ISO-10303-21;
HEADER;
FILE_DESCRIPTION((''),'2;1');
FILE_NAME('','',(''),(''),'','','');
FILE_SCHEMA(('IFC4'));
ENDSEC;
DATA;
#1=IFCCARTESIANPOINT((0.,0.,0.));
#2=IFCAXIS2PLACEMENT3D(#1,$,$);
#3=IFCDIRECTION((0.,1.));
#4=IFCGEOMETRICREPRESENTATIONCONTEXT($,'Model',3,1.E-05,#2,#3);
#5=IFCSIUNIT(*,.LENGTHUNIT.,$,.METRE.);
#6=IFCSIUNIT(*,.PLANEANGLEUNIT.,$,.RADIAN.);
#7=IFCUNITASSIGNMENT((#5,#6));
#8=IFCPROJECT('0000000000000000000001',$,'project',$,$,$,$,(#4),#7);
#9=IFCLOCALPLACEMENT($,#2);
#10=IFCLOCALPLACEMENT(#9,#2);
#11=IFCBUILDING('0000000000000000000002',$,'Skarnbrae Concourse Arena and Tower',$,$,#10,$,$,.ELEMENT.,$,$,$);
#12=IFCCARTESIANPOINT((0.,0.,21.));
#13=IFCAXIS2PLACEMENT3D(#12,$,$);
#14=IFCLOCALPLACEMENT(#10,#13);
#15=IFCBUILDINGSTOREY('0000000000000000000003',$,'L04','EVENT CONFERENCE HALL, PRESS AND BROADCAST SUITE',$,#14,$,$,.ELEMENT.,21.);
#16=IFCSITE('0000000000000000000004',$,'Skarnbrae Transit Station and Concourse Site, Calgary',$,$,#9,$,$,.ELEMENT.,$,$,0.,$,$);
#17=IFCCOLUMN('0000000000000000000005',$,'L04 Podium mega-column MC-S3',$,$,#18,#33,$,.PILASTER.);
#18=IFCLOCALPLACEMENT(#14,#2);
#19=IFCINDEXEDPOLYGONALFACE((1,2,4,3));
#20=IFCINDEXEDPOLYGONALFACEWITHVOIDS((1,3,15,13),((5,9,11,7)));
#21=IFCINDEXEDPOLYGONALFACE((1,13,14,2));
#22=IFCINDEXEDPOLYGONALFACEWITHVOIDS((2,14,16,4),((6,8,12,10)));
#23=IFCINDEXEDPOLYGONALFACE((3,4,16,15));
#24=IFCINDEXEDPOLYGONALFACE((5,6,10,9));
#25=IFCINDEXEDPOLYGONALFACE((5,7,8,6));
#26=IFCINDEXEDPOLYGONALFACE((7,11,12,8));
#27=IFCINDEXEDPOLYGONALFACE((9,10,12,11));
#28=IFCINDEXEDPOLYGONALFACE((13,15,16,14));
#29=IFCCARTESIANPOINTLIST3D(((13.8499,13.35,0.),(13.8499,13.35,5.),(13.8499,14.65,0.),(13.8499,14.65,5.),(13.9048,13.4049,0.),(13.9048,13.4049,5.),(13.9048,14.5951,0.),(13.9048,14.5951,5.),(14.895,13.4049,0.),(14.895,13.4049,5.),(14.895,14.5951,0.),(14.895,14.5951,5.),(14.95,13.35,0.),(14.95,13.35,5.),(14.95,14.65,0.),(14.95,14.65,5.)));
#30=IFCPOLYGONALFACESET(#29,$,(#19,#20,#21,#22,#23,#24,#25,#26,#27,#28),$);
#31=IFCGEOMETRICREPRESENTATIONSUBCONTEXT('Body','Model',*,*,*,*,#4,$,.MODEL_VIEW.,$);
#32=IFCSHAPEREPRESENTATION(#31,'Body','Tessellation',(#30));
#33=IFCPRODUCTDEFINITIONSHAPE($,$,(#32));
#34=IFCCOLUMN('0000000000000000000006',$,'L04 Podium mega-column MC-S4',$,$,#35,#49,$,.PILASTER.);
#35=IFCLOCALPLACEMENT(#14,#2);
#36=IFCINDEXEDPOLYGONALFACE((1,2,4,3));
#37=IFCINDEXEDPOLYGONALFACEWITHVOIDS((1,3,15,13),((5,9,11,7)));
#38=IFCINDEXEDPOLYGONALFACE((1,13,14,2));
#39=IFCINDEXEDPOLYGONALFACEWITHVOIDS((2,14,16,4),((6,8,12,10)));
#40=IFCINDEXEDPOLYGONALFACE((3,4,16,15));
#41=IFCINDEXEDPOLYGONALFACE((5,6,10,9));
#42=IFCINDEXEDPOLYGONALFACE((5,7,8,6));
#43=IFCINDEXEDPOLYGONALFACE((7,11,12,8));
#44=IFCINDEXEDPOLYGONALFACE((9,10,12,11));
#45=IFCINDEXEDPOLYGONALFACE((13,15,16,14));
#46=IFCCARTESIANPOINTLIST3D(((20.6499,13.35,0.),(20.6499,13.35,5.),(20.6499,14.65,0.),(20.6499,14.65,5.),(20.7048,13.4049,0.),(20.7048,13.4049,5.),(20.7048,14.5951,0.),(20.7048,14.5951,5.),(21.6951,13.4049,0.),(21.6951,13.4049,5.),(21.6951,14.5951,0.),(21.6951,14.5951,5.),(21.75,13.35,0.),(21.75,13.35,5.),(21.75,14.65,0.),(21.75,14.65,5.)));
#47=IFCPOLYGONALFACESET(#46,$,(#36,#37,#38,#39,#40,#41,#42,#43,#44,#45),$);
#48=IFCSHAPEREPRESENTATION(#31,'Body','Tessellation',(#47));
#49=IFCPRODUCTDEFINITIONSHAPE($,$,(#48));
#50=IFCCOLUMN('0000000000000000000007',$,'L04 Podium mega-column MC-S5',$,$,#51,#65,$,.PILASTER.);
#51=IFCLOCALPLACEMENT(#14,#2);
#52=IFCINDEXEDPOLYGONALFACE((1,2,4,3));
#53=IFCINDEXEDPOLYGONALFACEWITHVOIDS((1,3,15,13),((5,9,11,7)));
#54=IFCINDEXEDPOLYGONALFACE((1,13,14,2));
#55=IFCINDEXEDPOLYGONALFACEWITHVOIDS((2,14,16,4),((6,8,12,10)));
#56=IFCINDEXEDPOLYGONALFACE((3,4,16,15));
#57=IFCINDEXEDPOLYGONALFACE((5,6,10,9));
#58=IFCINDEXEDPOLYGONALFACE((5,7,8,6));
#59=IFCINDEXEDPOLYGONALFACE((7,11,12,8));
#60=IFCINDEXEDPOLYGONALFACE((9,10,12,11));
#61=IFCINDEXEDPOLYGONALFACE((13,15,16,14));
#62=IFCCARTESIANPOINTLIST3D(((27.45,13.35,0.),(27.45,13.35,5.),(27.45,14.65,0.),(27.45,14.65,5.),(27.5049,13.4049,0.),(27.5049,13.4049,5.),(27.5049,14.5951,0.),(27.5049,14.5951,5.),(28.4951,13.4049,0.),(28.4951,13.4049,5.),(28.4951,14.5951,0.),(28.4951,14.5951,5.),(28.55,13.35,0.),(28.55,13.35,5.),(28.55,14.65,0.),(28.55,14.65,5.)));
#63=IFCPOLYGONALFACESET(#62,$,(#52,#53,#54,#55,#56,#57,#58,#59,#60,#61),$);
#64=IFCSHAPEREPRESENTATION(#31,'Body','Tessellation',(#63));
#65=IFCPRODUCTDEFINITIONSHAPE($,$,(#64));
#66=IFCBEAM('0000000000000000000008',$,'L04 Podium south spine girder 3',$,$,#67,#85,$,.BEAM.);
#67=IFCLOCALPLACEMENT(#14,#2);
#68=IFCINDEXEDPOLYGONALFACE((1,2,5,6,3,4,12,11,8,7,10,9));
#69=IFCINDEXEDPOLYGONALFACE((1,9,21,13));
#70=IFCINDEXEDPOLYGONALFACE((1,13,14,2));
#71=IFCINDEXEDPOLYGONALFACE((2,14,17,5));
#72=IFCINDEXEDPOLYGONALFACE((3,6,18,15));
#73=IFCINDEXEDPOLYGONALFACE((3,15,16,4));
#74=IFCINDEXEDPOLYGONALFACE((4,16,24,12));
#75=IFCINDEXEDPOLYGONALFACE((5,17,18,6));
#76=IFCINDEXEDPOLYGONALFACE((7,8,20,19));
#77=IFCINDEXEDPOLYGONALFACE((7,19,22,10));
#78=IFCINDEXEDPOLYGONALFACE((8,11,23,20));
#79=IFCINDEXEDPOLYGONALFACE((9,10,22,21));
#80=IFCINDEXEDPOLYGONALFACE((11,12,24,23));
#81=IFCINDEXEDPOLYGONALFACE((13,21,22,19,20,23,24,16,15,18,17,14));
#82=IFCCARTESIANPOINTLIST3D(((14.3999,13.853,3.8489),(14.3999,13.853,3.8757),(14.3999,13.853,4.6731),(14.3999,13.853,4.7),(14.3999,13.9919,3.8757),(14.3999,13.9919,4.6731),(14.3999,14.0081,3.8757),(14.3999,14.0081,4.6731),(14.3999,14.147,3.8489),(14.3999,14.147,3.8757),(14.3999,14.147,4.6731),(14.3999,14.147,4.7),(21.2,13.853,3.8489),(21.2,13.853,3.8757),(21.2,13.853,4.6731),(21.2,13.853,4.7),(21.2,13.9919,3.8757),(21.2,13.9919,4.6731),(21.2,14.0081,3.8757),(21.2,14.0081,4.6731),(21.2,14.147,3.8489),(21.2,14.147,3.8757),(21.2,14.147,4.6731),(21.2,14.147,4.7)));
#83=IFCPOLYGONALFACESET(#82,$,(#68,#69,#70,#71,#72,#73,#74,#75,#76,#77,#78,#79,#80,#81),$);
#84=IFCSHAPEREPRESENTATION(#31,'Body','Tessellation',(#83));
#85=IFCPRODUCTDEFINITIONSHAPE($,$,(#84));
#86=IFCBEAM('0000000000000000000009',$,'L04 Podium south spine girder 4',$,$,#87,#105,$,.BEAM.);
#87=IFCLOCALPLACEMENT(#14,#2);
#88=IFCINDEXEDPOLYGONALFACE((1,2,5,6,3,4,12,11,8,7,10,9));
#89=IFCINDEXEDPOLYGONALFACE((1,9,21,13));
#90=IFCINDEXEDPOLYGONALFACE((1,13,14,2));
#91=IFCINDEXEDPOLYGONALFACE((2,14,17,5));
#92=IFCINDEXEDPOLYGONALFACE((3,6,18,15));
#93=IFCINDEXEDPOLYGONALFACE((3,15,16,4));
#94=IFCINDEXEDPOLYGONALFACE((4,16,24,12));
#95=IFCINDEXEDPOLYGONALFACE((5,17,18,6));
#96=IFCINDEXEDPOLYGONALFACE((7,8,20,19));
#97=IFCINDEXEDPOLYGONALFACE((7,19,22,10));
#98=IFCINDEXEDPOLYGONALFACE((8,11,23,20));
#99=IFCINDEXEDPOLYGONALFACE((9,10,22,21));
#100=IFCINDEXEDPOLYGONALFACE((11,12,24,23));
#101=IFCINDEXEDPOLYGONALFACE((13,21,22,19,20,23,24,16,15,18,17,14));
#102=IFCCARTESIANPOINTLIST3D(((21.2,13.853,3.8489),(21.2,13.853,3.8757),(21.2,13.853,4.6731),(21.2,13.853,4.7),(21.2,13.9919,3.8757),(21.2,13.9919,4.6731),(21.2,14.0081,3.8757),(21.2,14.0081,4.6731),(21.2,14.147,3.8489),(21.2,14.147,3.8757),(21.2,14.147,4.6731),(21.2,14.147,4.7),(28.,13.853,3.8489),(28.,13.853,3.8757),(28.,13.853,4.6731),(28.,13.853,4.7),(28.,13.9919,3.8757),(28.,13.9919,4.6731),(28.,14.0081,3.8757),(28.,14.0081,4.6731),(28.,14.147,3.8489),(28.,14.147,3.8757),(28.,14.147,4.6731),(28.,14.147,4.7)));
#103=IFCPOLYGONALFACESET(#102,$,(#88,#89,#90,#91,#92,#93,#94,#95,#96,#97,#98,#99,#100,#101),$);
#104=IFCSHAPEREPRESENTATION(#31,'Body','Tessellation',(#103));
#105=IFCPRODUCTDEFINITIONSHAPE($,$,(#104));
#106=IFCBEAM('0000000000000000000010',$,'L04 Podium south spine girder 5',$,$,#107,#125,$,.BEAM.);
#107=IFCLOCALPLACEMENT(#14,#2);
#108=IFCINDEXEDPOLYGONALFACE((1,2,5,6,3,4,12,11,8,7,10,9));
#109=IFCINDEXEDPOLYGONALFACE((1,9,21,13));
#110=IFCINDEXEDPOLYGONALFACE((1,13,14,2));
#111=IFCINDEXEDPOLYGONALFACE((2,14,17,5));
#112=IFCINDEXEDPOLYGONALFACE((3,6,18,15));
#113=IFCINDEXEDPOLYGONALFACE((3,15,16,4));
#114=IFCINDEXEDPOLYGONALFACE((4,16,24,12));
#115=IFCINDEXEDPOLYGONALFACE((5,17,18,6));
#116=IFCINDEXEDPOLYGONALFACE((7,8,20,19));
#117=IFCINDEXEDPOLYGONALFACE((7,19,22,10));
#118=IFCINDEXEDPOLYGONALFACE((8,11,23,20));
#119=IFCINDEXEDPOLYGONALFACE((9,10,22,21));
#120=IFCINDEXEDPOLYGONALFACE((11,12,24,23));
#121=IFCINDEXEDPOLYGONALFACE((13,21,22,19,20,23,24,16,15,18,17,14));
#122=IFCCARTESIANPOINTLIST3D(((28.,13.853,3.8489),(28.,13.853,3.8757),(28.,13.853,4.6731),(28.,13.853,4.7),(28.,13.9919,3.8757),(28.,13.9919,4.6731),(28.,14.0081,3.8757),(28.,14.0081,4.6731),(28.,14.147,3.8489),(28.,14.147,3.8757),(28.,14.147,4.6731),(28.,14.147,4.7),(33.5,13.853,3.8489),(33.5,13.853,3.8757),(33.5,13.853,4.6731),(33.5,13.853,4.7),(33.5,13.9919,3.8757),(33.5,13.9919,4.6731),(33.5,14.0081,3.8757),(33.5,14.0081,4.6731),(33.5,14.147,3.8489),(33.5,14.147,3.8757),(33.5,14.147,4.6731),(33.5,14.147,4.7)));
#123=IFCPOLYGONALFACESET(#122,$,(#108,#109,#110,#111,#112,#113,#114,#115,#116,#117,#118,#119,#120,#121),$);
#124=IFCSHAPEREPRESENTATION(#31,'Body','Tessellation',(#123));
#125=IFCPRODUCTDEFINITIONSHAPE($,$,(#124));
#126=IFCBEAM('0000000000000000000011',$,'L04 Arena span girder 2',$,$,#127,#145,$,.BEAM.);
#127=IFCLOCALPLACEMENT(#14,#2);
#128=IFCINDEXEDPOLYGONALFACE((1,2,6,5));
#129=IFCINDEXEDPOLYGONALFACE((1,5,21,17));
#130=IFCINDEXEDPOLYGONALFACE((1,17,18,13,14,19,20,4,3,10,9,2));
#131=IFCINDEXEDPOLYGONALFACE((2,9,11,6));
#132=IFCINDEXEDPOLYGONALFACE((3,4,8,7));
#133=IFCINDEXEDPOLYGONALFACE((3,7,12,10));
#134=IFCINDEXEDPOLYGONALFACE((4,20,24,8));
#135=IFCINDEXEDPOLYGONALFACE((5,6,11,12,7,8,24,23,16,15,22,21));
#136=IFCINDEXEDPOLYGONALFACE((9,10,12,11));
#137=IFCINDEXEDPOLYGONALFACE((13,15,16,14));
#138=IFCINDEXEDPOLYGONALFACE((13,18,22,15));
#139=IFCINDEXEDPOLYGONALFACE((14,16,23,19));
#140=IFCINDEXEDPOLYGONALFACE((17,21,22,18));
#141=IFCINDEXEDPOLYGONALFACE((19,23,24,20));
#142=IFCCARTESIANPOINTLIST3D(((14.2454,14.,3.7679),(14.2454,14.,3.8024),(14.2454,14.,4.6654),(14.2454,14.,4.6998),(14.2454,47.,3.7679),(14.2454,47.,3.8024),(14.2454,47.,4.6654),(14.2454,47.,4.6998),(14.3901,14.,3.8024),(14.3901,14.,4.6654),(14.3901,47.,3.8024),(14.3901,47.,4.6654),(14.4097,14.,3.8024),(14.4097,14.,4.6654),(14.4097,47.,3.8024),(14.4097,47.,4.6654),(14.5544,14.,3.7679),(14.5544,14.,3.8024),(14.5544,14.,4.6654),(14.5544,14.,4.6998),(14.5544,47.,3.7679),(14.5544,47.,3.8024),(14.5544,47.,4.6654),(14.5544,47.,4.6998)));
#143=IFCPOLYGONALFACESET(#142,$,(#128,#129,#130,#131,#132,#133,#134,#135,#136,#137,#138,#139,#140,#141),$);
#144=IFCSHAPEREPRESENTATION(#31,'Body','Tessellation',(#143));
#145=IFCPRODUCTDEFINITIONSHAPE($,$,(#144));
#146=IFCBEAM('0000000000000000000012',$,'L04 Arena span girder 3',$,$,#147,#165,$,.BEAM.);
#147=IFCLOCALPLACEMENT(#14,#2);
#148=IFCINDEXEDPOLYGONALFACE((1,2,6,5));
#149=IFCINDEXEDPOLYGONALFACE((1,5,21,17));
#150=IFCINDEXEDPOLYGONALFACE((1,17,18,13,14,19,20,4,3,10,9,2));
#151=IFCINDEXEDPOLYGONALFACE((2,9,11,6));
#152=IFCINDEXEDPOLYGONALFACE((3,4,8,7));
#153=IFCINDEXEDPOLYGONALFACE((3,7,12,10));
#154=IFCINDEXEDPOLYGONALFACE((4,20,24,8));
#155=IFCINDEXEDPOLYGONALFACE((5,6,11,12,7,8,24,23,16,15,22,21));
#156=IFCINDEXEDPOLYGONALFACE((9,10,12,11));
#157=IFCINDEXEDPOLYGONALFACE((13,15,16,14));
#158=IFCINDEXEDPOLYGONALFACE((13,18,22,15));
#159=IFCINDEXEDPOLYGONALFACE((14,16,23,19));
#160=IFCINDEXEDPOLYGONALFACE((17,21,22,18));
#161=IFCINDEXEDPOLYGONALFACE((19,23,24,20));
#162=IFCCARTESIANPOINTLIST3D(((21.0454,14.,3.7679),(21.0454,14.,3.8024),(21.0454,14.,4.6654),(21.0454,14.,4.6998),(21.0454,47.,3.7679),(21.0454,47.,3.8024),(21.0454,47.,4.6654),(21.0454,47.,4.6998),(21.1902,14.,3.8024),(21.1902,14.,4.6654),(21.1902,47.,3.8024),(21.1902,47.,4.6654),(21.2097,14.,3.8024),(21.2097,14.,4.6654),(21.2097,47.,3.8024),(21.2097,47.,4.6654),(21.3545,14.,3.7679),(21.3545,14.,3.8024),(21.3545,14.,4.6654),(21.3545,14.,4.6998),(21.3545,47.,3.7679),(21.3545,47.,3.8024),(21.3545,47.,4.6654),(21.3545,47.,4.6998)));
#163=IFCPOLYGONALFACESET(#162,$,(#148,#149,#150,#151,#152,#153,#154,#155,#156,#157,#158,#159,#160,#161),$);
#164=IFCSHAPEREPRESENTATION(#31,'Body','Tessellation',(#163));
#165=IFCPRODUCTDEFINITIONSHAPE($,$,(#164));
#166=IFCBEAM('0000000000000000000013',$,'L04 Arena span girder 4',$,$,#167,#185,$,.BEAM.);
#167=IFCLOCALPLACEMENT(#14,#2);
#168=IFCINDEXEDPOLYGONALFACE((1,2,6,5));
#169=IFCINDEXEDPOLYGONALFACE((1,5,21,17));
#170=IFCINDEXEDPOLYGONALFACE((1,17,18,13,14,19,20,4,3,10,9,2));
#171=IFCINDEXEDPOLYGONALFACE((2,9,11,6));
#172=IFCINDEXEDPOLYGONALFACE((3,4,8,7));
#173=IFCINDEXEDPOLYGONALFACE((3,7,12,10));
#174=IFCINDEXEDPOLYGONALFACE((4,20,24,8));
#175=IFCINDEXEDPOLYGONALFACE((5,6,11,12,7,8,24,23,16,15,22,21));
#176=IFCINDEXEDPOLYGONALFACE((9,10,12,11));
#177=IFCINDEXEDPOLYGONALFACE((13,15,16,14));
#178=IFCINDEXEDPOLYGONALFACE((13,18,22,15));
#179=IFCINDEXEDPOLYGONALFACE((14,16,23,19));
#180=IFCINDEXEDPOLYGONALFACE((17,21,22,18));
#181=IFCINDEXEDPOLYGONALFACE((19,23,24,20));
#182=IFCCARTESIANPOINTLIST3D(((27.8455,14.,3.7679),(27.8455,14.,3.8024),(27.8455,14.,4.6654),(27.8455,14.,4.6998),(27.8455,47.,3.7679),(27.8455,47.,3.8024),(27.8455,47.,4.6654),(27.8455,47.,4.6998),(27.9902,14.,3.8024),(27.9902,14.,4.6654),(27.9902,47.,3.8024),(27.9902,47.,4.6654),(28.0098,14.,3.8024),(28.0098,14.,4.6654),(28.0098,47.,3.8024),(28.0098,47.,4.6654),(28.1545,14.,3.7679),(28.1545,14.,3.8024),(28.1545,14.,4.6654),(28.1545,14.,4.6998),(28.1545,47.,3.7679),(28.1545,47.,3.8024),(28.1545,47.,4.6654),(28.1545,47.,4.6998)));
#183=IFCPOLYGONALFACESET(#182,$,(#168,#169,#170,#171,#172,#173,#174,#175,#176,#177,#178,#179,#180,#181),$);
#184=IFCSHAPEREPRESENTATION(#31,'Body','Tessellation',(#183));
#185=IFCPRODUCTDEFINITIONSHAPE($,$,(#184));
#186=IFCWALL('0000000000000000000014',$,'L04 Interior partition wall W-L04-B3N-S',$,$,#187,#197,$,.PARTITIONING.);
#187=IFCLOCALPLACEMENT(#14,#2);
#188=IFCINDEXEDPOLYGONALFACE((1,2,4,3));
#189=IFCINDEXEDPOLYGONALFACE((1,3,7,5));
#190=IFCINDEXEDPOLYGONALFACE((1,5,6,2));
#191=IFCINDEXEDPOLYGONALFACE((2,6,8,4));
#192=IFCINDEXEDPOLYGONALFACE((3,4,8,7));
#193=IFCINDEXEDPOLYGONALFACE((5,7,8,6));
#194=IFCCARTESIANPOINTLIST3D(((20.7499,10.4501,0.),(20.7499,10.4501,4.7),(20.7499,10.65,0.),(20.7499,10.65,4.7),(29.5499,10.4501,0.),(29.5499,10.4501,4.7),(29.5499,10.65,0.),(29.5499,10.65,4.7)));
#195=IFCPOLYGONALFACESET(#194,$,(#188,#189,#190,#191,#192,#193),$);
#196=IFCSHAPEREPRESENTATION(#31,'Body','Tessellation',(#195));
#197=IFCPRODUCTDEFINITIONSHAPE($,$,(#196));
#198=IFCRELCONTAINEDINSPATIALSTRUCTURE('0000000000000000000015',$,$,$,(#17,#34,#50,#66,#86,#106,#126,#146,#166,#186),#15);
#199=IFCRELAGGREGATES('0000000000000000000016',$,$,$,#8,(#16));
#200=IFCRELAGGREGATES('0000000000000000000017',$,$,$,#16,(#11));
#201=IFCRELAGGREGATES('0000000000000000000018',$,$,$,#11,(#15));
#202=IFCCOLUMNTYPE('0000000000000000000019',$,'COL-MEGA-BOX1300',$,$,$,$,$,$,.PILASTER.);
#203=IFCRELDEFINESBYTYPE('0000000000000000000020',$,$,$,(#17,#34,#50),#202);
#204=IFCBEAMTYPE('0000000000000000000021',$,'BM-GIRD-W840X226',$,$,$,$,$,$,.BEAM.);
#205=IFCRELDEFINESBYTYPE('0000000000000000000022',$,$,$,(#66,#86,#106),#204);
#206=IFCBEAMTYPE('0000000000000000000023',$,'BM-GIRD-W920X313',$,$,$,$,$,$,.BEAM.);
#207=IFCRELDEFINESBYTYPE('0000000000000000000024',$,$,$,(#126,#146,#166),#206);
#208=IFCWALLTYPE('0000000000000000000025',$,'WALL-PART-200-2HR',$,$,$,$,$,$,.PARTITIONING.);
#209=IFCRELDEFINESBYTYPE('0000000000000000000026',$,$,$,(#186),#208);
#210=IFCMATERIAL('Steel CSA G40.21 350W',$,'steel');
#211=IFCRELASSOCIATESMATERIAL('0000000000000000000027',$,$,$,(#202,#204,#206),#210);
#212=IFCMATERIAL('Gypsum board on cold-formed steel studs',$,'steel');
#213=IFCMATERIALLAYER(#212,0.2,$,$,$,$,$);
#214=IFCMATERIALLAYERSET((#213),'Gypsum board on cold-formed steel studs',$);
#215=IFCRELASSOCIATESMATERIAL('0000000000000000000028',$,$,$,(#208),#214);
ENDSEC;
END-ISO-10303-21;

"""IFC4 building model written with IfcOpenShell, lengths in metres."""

from ifc_helpers import new_model, si_unit, direction, frame, frame_2d, origin, origin_2d, place, context, subcontext, project, spatial, rectangle, hollow_rectangle, i_section, extrude, source, transform, mapped, material, layer, layer_set, material_profile, profile_set, type_object, element, save


model = new_model("IFC4")

# Units and contexts
model_context = context("Model", 3, precision=1e-05, world=origin(), true_north=direction((0.0, 1.0)))
body_context = subcontext(model_context, "Body", "Model", "MODEL_VIEW")
ifc_project = project(units=[si_unit("LENGTHUNIT", "METRE"), si_unit("PLANEANGLEUNIT", "RADIAN")], contexts=[model_context])

# Site, building, storey
site_placement = place(None, origin())
site = spatial("IfcSite", under=ifc_project, at=site_placement, Name="Skarnbrae Transit Station and Concourse Site, Calgary", CompositionType="ELEMENT", RefElevation=0.0)
building_placement = place(site_placement, origin())
building = spatial("IfcBuilding", under=site, at=building_placement, Name="Skarnbrae Concourse Arena and Tower", CompositionType="ELEMENT")
storey_placement = place(building_placement, frame((0.0, 0.0, 21.0)))
storey = spatial("IfcBuildingStorey", under=building, at=storey_placement, Name="L04", Description="EVENT CONFERENCE HALL, PRESS AND BROADCAST SUITE", CompositionType="ELEMENT", Elevation=21.0)

# Columns
ifc_material_1 = material(Name="Steel CSA G40.21 350W", Category="steel")
ifc_material_profile_1 = material_profile(ifc_material_1, hollow_rectangle(XDim=1.1001, YDim=1.3, WallThickness=0.0549, at=origin_2d()), Name="BOX1300X1100X55")
ifc_profile_set_1 = profile_set([ifc_material_profile_1], Name="Steel CSA G40.21 350W")
column_type = type_object("IfcColumnType", Name="COL-MEGA-BOX1300", PredefinedType="PILASTER", material=ifc_profile_set_1)
shared_shape_1 = source(origin(), body_context, "Body", "SweptSolid", [
    extrude(hollow_rectangle(XDim=1.1001, YDim=1.3, WallThickness=0.0549, at=origin_2d()), origin(), (0.0, 0.0, 1.0), 5.0),
])
for number, where, z_axis, x_axis, name in (
    (1, (14.3999, 14.0, 0.0), (0.0, 0.0, 1.0), (1.0, 0.0, 0.0), "L04 Podium mega-column MC-S3"),
    (2, (21.2, 14.0, 0.0), (0.0, 0.0, 1.0), (1.0, 0.0, 0.0), "L04 Podium mega-column MC-S4"),
    (3, (28.0, 14.0, 0.0), (0.0, 0.0, 1.0), (1.0, 0.0, 0.0), "L04 Podium mega-column MC-S5"),
):
    element("IfcColumn", number, at=place(storey_placement, frame(where, z_axis=z_axis, x_axis=x_axis)), inside=storey, type_object=column_type, Name=name, PredefinedType="PILASTER", context=body_context, shape_type="MappedRepresentation", body=[
        mapped(shared_shape_1, transform((0.0, 0.0, 0.0))),
    ])

# Beams
ifc_material_profile_2 = material_profile(ifc_material_1, i_section(OverallWidth=0.2939, OverallDepth=0.8511, WebThickness=0.0161, FlangeThickness=0.0269, at=origin_2d()), Name="W840X226")
ifc_profile_set_2 = profile_set([ifc_material_profile_2], Name="Steel CSA G40.21 350W")
beam_type_1 = type_object("IfcBeamType", Name="BM-GIRD-W840X226", PredefinedType="BEAM", material=ifc_profile_set_2)
shared_shape_2 = source(origin(), body_context, "Body", "SweptSolid", [
    extrude(i_section(OverallWidth=0.2939, OverallDepth=0.8511, WebThickness=0.0161, FlangeThickness=0.0269, at=origin_2d()), origin(), (0.0, 0.0, 1.0), 6.8),
])
for number, where, z_axis, x_axis, name in (
    (4, (14.3999, 14.0, 4.2744), (1.0, 0.0, 0.0), (0.0, 1.0, 0.0), "L04 Podium south spine girder 3"),
    (5, (21.2, 14.0, 4.2744), (1.0, 0.0, 0.0), (0.0, 1.0, 0.0), "L04 Podium south spine girder 4"),
):
    element("IfcBeam", number, at=place(storey_placement, frame(where, z_axis=z_axis, x_axis=x_axis)), inside=storey, type_object=beam_type_1, Name=name, PredefinedType="BEAM", context=body_context, shape_type="MappedRepresentation", body=[
        mapped(shared_shape_2, transform((0.0, 0.0, 0.0))),
    ])
shared_shape_3 = source(origin(), body_context, "Body", "SweptSolid", [
    extrude(i_section(OverallWidth=0.2939, OverallDepth=0.8511, WebThickness=0.0161, FlangeThickness=0.0269, at=origin_2d()), origin(), (0.0, 0.0, 1.0), 5.5),
])
beam_placement = place(storey_placement, frame((28.0, 14.0, 4.2744), z_axis=(1.0, 0.0, 0.0), x_axis=(0.0, 1.0, 0.0)))
element("IfcBeam", 6, at=beam_placement, inside=storey, type_object=beam_type_1, Name="L04 Podium south spine girder 5", PredefinedType="BEAM", context=body_context, shape_type="MappedRepresentation", body=[
    mapped(shared_shape_3, transform((0.0, 0.0, 0.0))),
])
ifc_material_profile_3 = material_profile(ifc_material_1, i_section(OverallWidth=0.3091, OverallDepth=0.9319, WebThickness=0.0195, FlangeThickness=0.0344, at=origin_2d()), Name="W920X313")
ifc_profile_set_3 = profile_set([ifc_material_profile_3], Name="Steel CSA G40.21 350W")
beam_type_2 = type_object("IfcBeamType", Name="BM-GIRD-W920X313", PredefinedType="BEAM", material=ifc_profile_set_3)
shared_shape_4 = source(origin(), body_context, "Body", "SweptSolid", [
    extrude(i_section(OverallWidth=0.3091, OverallDepth=0.9319, WebThickness=0.0195, FlangeThickness=0.0344, at=origin_2d()), origin(), (0.0, 0.0, 1.0), 33.0),
])
for number, where, z_axis, x_axis, name in (
    (7, (14.3999, 14.0, 4.2339), (0.0, 1.0, 0.0), (-1.0, 0.0, 0.0), "L04 Arena span girder 2"),
    (8, (21.2, 14.0, 4.2339), (0.0, 1.0, 0.0), (-1.0, 0.0, 0.0), "L04 Arena span girder 3"),
    (9, (28.0, 14.0, 4.2339), (0.0, 1.0, 0.0), (-1.0, 0.0, 0.0), "L04 Arena span girder 4"),
):
    element("IfcBeam", number, at=place(storey_placement, frame(where, z_axis=z_axis, x_axis=x_axis)), inside=storey, type_object=beam_type_2, Name=name, PredefinedType="BEAM", context=body_context, shape_type="MappedRepresentation", body=[
        mapped(shared_shape_4, transform((0.0, 0.0, 0.0))),
    ])

# Wall
ifc_material_2 = material(Name="Gypsum board on cold-formed steel studs", Category="steel")
ifc_layer_1 = layer(ifc_material_2, 0.2)
ifc_layer_set_1 = layer_set([ifc_layer_1], Name="Gypsum board on cold-formed steel studs")
wall_type_1 = type_object("IfcWallType", Name="WALL-PART-200-2HR", PredefinedType="PARTITIONING", material=ifc_layer_set_1)
shared_shape_5 = source(origin(), body_context, "Body", "SweptSolid", [
    extrude(rectangle(XDim=8.8, YDim=0.2, at=frame_2d((4.3999, 0.0))), origin(), (0.0, 0.0, 1.0), 4.7),
])
wall_1_placement = place(storey_placement, frame((20.75, 10.55, 0.0), z_axis=(0.0, 0.0, 1.0), x_axis=(1.0, 0.0, 0.0)))
element("IfcWall", 10, at=wall_1_placement, inside=storey, type_object=wall_type_1, Name="L04 Interior partition wall W-L04-B3N-S", PredefinedType="PARTITIONING", context=body_context, shape_type="MappedRepresentation", body=[
    mapped(shared_shape_5, transform((0.0, 0.0, 0.0))),
])

save(model, "model.ifc")
